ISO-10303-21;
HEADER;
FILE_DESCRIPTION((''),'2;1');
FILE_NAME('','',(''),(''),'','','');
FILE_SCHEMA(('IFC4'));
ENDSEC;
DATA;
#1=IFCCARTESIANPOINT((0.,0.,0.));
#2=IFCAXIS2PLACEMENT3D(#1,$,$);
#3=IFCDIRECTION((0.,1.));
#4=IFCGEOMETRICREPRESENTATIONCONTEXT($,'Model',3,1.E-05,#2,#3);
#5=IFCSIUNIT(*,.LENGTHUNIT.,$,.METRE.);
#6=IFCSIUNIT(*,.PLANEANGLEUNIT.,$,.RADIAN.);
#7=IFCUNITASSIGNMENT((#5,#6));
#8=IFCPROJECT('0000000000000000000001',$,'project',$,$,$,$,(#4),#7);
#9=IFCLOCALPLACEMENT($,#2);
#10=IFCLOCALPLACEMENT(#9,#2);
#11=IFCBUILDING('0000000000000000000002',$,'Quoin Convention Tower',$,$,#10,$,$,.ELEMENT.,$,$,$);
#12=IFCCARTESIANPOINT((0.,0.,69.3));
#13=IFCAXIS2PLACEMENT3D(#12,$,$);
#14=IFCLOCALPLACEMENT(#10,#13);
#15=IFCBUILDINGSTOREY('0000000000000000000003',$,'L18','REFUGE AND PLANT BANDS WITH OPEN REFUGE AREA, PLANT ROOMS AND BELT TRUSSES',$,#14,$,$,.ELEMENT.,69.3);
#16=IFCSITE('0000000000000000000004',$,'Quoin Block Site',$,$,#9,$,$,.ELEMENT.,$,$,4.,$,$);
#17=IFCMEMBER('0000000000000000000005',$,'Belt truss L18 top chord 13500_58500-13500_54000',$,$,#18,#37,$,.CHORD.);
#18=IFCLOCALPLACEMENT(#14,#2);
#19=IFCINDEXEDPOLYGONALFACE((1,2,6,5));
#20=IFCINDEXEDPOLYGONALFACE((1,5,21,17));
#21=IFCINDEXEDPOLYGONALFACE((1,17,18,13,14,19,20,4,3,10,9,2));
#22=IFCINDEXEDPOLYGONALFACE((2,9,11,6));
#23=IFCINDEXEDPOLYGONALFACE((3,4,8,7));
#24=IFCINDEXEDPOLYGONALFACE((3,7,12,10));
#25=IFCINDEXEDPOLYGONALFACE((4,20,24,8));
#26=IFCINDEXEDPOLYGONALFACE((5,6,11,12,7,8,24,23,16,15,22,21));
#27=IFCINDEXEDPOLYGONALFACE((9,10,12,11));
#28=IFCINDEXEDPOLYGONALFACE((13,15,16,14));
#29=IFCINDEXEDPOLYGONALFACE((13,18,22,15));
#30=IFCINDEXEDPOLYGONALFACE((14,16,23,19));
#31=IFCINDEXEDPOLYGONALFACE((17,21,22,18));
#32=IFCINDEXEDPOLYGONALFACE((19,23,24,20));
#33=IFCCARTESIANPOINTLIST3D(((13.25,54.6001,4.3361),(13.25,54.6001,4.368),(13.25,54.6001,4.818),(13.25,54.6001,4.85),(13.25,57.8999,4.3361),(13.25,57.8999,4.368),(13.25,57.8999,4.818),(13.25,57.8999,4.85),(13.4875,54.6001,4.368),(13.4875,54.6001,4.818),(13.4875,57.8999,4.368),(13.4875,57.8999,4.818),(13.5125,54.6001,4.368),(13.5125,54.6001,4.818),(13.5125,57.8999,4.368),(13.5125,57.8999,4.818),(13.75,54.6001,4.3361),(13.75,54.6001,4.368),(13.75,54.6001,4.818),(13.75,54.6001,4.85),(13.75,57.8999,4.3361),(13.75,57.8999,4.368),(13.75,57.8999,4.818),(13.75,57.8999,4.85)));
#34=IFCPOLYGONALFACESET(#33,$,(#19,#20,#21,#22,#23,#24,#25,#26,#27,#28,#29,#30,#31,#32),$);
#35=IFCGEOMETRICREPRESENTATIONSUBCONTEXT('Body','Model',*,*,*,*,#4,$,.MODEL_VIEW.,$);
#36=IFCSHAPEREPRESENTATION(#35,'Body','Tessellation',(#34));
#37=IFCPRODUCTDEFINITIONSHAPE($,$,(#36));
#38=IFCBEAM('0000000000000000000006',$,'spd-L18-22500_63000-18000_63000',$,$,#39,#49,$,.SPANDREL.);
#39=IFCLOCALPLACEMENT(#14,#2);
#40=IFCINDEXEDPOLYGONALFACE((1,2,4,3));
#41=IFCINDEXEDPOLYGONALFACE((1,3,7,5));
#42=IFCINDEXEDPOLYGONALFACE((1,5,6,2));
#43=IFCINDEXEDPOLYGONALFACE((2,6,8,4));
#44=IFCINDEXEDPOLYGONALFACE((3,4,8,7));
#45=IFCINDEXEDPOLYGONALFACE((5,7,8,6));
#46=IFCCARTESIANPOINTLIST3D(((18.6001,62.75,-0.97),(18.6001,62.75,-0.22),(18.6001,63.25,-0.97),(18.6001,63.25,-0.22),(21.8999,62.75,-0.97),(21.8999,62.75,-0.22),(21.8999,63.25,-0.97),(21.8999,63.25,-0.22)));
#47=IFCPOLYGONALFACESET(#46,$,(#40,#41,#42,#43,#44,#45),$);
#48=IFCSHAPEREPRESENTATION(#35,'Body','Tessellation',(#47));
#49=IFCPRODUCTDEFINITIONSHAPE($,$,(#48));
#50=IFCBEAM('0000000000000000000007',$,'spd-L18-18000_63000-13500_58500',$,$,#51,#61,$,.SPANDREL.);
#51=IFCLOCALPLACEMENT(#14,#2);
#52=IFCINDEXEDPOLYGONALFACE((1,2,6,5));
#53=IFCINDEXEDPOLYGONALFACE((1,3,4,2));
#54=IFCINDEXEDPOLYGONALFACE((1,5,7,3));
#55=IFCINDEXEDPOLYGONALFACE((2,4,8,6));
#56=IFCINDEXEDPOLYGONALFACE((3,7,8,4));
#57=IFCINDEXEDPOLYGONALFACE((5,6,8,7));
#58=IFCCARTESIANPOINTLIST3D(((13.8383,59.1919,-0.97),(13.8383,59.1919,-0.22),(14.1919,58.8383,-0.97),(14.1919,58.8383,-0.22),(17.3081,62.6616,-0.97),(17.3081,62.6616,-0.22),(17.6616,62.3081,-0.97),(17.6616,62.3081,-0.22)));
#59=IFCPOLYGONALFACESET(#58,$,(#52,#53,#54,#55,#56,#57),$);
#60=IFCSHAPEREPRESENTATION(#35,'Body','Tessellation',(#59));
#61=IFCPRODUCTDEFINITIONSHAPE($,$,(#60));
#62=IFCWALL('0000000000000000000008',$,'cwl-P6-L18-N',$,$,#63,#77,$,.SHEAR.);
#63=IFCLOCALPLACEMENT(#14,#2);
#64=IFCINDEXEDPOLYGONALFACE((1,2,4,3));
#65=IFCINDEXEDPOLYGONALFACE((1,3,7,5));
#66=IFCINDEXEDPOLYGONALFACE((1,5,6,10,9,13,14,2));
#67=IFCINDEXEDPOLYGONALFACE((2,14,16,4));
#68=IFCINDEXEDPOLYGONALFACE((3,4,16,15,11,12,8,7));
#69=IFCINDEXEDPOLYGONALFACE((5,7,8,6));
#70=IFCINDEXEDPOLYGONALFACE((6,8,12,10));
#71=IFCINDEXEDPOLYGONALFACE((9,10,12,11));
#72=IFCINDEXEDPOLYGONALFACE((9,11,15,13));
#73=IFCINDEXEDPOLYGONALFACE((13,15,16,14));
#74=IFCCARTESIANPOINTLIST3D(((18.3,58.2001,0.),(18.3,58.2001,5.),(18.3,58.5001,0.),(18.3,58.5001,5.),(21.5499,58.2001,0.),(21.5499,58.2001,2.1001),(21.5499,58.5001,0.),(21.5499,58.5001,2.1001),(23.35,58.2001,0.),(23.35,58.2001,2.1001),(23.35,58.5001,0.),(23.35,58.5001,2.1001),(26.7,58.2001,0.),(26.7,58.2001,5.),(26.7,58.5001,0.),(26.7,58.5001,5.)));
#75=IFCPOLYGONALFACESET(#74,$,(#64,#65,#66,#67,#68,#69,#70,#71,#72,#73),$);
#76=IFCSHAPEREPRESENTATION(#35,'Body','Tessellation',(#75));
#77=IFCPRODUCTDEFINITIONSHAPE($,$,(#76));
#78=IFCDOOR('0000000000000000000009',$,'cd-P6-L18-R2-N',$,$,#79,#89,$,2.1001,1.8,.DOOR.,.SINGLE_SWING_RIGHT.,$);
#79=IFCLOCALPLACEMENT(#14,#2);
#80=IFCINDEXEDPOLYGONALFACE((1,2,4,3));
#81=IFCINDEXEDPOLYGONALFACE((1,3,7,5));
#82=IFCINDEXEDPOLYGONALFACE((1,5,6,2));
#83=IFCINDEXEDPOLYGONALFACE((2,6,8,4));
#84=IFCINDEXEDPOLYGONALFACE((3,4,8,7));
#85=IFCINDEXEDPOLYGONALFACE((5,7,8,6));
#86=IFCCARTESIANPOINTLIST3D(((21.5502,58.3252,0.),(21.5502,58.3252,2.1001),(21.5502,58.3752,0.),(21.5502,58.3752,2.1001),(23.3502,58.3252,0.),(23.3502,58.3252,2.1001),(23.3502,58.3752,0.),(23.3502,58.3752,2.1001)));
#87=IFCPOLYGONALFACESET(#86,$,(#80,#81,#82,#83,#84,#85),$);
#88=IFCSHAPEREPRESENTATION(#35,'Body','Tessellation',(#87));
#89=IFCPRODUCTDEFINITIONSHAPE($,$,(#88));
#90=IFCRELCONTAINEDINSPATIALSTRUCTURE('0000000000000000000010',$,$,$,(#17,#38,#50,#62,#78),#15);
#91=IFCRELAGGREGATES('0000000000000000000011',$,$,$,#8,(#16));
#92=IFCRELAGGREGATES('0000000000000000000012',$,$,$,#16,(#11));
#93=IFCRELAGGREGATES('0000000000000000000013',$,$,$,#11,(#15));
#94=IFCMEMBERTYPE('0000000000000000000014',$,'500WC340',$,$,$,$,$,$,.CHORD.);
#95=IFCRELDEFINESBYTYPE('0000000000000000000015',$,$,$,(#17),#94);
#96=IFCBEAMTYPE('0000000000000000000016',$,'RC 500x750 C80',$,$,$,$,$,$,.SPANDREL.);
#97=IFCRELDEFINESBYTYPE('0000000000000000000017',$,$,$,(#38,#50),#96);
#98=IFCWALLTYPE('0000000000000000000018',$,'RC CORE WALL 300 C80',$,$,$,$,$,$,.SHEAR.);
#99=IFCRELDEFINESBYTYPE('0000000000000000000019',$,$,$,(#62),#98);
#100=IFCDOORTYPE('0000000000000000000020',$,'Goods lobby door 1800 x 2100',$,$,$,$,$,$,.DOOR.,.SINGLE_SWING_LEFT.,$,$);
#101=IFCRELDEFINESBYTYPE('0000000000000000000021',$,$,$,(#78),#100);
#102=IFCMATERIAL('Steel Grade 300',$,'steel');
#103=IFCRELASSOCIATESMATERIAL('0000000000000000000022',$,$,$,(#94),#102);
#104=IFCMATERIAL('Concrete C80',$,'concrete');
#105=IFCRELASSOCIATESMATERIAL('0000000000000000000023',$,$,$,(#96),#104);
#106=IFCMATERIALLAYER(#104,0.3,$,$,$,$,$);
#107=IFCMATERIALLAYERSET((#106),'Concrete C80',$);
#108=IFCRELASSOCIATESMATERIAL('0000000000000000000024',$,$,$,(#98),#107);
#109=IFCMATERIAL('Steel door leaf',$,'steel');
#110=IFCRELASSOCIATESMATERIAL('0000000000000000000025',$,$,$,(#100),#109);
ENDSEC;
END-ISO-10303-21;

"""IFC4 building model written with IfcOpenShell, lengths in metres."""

from ifc_helpers import new_model, si_unit, direction, frame, frame_2d, origin, origin_2d, place, context, subcontext, project, spatial, rectangle, i_section, extrude, material, layer, layer_set, material_profile, profile_set, type_object, element, fill, save


model = new_model("IFC4")

# Units and contexts
model_context = context("Model", 3, precision=1e-05, world=origin(), true_north=direction((0.0, 1.0)))
body_context = subcontext(model_context, "Body", "Model", "MODEL_VIEW")
ifc_project = project(units=[si_unit("LENGTHUNIT", "METRE"), si_unit("PLANEANGLEUNIT", "RADIAN")], contexts=[model_context])

# Site, building, storey
site_placement = place(None, origin())
site = spatial("IfcSite", under=ifc_project, at=site_placement, Name="Quoin Block Site", CompositionType="ELEMENT", RefElevation=4.0)
building_placement = place(site_placement, origin())
building = spatial("IfcBuilding", under=site, at=building_placement, Name="Quoin Convention Tower", CompositionType="ELEMENT")
storey_placement = place(building_placement, frame((0.0, 0.0, 69.3)))
storey = spatial("IfcBuildingStorey", under=building, at=storey_placement, Name="L18", Description="REFUGE AND PLANT BANDS WITH OPEN REFUGE AREA, PLANT ROOMS AND BELT TRUSSES", CompositionType="ELEMENT", Elevation=69.3)

# Shared definitions
ifc_material_1 = material(Name="Concrete C80", Category="concrete")

# Shared definitions
ifc_material_2 = material(Name="Steel Grade 300", Category="steel")

# Member
ifc_material_profile_1 = material_profile(ifc_material_2, i_section(OverallWidth=0.5, OverallDepth=0.5139, WebThickness=0.0249, FlangeThickness=0.032, at=origin_2d()), Name="500WC340")
ifc_profile_set_1 = profile_set([ifc_material_profile_1], Name="Steel Grade 300")
member_type_1 = type_object("IfcMemberType", Name="500WC340", PredefinedType="CHORD", material=ifc_profile_set_1)
member_1_placement = place(storey_placement, frame((13.5, 57.8999, 4.593), z_axis=(0.0, -1.0, 0.0), x_axis=(1.0, 0.0, 0.0)))
element("IfcMember", 1, at=member_1_placement, inside=storey, type_object=member_type_1, Name="Belt truss L18 top chord 13500_58500-13500_54000", PredefinedType="CHORD", context=body_context, shape_type="SweptSolid", body=[
    extrude(i_section(OverallWidth=0.5, OverallDepth=0.5139, WebThickness=0.0249, FlangeThickness=0.032, at=origin_2d()), origin(), (0.0, 0.0, 1.0), 3.2998),
])

# Beams
ifc_material_profile_2 = material_profile(ifc_material_1, rectangle(XDim=0.5, YDim=0.75, at=origin_2d()), Name="RC 500x750")
ifc_profile_set_2 = profile_set([ifc_material_profile_2], Name="Concrete C80")
beam_type_1 = type_object("IfcBeamType", Name="RC 500x750 C80", PredefinedType="SPANDREL", material=ifc_profile_set_2)
beam_1_placement = place(storey_placement, frame((21.8999, 63.0, -0.595), z_axis=(-1.0, 0.0, 0.0), x_axis=(0.0, -1.0, 0.0)))
element("IfcBeam", 2, at=beam_1_placement, inside=storey, type_object=beam_type_1, Name="spd-L18-22500_63000-18000_63000", PredefinedType="SPANDREL", context=body_context, shape_type="SweptSolid", body=[
    extrude(rectangle(XDim=0.5, YDim=0.75, at=origin_2d()), origin(), (0.0, 0.0, 1.0), 3.2998),
])
beam_2_placement = place(storey_placement, frame((17.4849, 62.4849, -0.595), z_axis=(-0.707107, -0.707107, 0.0), x_axis=(0.707107, -0.707107, 0.0)))
element("IfcBeam", 3, at=beam_2_placement, inside=storey, type_object=beam_type_1, Name="spd-L18-18000_63000-13500_58500", PredefinedType="SPANDREL", context=body_context, shape_type="SweptSolid", body=[
    extrude(rectangle(XDim=0.5, YDim=0.75, at=origin_2d()), origin(), (0.0, 0.0, 1.0), 4.907),
])

# Wall, opening, door
ifc_layer = layer(ifc_material_1, 0.3)
ifc_layer_set = layer_set([ifc_layer], Name="Concrete C80")
wall_type = type_object("IfcWallType", Name="RC CORE WALL 300 C80", PredefinedType="SHEAR", material=ifc_layer_set)
wall_placement = place(storey_placement, frame((18.3, 58.3501, 0.0), z_axis=(0.0, 0.0, 1.0), x_axis=(1.0, 0.0, 0.0)))
wall = element("IfcWall", 4, at=wall_placement, inside=storey, type_object=wall_type, Name="cwl-P6-L18-N", PredefinedType="SHEAR", context=body_context, shape_type="SweptSolid", body=[
    extrude(rectangle(XDim=8.3999, YDim=0.3, at=frame_2d((4.2, 0.0))), origin(), (0.0, 0.0, 1.0), 5.0),
])
opening_placement = place(wall_placement, frame((3.25, 0.0, 0.0)))
opening = element("IfcOpeningElement", 5, at=opening_placement, cuts=wall, PredefinedType="OPENING", context=body_context, shape_type="SweptSolid", body=[
    extrude(rectangle(XDim=1.8, YDim=2.1001, at=frame_2d((0.8999, 1.05))), frame((0.0, 0.1599, 0.0), z_axis=(0.0, -1.0, 0.0), x_axis=(1.0, 0.0, 0.0)), (0.0, 0.0, 1.0), 0.3201),
])
ifc_material_3 = material(Name="Steel door leaf", Category="steel")
door_type = type_object("IfcDoorType", Name="Goods lobby door 1800 x 2100", OperationType="SINGLE_SWING_LEFT", PredefinedType="DOOR", material=ifc_material_3)
door_placement = place(opening_placement, frame((1.8, 0.0, 0.0), z_axis=(0.0, 0.0, 1.0), x_axis=(-1.0, 0.0, 0.0)))
door = element("IfcDoor", 6, at=door_placement, inside=storey, type_object=door_type, Name="cd-P6-L18-R2-N", OperationType="SINGLE_SWING_RIGHT", OverallHeight=2.1001, OverallWidth=1.8, PredefinedType="DOOR", context=body_context, shape_type="SweptSolid", body=[
    extrude(rectangle(XDim=1.8, YDim=2.1001, at=frame_2d((0.8999, 1.05))), frame((0.0, 0.0249, 0.0), z_axis=(0.0, -1.0, 0.0), x_axis=(1.0, 0.0, 0.0)), (0.0, 0.0, 1.0), 0.05),
])
fill(opening, door)

save(model, "model.ifc")
